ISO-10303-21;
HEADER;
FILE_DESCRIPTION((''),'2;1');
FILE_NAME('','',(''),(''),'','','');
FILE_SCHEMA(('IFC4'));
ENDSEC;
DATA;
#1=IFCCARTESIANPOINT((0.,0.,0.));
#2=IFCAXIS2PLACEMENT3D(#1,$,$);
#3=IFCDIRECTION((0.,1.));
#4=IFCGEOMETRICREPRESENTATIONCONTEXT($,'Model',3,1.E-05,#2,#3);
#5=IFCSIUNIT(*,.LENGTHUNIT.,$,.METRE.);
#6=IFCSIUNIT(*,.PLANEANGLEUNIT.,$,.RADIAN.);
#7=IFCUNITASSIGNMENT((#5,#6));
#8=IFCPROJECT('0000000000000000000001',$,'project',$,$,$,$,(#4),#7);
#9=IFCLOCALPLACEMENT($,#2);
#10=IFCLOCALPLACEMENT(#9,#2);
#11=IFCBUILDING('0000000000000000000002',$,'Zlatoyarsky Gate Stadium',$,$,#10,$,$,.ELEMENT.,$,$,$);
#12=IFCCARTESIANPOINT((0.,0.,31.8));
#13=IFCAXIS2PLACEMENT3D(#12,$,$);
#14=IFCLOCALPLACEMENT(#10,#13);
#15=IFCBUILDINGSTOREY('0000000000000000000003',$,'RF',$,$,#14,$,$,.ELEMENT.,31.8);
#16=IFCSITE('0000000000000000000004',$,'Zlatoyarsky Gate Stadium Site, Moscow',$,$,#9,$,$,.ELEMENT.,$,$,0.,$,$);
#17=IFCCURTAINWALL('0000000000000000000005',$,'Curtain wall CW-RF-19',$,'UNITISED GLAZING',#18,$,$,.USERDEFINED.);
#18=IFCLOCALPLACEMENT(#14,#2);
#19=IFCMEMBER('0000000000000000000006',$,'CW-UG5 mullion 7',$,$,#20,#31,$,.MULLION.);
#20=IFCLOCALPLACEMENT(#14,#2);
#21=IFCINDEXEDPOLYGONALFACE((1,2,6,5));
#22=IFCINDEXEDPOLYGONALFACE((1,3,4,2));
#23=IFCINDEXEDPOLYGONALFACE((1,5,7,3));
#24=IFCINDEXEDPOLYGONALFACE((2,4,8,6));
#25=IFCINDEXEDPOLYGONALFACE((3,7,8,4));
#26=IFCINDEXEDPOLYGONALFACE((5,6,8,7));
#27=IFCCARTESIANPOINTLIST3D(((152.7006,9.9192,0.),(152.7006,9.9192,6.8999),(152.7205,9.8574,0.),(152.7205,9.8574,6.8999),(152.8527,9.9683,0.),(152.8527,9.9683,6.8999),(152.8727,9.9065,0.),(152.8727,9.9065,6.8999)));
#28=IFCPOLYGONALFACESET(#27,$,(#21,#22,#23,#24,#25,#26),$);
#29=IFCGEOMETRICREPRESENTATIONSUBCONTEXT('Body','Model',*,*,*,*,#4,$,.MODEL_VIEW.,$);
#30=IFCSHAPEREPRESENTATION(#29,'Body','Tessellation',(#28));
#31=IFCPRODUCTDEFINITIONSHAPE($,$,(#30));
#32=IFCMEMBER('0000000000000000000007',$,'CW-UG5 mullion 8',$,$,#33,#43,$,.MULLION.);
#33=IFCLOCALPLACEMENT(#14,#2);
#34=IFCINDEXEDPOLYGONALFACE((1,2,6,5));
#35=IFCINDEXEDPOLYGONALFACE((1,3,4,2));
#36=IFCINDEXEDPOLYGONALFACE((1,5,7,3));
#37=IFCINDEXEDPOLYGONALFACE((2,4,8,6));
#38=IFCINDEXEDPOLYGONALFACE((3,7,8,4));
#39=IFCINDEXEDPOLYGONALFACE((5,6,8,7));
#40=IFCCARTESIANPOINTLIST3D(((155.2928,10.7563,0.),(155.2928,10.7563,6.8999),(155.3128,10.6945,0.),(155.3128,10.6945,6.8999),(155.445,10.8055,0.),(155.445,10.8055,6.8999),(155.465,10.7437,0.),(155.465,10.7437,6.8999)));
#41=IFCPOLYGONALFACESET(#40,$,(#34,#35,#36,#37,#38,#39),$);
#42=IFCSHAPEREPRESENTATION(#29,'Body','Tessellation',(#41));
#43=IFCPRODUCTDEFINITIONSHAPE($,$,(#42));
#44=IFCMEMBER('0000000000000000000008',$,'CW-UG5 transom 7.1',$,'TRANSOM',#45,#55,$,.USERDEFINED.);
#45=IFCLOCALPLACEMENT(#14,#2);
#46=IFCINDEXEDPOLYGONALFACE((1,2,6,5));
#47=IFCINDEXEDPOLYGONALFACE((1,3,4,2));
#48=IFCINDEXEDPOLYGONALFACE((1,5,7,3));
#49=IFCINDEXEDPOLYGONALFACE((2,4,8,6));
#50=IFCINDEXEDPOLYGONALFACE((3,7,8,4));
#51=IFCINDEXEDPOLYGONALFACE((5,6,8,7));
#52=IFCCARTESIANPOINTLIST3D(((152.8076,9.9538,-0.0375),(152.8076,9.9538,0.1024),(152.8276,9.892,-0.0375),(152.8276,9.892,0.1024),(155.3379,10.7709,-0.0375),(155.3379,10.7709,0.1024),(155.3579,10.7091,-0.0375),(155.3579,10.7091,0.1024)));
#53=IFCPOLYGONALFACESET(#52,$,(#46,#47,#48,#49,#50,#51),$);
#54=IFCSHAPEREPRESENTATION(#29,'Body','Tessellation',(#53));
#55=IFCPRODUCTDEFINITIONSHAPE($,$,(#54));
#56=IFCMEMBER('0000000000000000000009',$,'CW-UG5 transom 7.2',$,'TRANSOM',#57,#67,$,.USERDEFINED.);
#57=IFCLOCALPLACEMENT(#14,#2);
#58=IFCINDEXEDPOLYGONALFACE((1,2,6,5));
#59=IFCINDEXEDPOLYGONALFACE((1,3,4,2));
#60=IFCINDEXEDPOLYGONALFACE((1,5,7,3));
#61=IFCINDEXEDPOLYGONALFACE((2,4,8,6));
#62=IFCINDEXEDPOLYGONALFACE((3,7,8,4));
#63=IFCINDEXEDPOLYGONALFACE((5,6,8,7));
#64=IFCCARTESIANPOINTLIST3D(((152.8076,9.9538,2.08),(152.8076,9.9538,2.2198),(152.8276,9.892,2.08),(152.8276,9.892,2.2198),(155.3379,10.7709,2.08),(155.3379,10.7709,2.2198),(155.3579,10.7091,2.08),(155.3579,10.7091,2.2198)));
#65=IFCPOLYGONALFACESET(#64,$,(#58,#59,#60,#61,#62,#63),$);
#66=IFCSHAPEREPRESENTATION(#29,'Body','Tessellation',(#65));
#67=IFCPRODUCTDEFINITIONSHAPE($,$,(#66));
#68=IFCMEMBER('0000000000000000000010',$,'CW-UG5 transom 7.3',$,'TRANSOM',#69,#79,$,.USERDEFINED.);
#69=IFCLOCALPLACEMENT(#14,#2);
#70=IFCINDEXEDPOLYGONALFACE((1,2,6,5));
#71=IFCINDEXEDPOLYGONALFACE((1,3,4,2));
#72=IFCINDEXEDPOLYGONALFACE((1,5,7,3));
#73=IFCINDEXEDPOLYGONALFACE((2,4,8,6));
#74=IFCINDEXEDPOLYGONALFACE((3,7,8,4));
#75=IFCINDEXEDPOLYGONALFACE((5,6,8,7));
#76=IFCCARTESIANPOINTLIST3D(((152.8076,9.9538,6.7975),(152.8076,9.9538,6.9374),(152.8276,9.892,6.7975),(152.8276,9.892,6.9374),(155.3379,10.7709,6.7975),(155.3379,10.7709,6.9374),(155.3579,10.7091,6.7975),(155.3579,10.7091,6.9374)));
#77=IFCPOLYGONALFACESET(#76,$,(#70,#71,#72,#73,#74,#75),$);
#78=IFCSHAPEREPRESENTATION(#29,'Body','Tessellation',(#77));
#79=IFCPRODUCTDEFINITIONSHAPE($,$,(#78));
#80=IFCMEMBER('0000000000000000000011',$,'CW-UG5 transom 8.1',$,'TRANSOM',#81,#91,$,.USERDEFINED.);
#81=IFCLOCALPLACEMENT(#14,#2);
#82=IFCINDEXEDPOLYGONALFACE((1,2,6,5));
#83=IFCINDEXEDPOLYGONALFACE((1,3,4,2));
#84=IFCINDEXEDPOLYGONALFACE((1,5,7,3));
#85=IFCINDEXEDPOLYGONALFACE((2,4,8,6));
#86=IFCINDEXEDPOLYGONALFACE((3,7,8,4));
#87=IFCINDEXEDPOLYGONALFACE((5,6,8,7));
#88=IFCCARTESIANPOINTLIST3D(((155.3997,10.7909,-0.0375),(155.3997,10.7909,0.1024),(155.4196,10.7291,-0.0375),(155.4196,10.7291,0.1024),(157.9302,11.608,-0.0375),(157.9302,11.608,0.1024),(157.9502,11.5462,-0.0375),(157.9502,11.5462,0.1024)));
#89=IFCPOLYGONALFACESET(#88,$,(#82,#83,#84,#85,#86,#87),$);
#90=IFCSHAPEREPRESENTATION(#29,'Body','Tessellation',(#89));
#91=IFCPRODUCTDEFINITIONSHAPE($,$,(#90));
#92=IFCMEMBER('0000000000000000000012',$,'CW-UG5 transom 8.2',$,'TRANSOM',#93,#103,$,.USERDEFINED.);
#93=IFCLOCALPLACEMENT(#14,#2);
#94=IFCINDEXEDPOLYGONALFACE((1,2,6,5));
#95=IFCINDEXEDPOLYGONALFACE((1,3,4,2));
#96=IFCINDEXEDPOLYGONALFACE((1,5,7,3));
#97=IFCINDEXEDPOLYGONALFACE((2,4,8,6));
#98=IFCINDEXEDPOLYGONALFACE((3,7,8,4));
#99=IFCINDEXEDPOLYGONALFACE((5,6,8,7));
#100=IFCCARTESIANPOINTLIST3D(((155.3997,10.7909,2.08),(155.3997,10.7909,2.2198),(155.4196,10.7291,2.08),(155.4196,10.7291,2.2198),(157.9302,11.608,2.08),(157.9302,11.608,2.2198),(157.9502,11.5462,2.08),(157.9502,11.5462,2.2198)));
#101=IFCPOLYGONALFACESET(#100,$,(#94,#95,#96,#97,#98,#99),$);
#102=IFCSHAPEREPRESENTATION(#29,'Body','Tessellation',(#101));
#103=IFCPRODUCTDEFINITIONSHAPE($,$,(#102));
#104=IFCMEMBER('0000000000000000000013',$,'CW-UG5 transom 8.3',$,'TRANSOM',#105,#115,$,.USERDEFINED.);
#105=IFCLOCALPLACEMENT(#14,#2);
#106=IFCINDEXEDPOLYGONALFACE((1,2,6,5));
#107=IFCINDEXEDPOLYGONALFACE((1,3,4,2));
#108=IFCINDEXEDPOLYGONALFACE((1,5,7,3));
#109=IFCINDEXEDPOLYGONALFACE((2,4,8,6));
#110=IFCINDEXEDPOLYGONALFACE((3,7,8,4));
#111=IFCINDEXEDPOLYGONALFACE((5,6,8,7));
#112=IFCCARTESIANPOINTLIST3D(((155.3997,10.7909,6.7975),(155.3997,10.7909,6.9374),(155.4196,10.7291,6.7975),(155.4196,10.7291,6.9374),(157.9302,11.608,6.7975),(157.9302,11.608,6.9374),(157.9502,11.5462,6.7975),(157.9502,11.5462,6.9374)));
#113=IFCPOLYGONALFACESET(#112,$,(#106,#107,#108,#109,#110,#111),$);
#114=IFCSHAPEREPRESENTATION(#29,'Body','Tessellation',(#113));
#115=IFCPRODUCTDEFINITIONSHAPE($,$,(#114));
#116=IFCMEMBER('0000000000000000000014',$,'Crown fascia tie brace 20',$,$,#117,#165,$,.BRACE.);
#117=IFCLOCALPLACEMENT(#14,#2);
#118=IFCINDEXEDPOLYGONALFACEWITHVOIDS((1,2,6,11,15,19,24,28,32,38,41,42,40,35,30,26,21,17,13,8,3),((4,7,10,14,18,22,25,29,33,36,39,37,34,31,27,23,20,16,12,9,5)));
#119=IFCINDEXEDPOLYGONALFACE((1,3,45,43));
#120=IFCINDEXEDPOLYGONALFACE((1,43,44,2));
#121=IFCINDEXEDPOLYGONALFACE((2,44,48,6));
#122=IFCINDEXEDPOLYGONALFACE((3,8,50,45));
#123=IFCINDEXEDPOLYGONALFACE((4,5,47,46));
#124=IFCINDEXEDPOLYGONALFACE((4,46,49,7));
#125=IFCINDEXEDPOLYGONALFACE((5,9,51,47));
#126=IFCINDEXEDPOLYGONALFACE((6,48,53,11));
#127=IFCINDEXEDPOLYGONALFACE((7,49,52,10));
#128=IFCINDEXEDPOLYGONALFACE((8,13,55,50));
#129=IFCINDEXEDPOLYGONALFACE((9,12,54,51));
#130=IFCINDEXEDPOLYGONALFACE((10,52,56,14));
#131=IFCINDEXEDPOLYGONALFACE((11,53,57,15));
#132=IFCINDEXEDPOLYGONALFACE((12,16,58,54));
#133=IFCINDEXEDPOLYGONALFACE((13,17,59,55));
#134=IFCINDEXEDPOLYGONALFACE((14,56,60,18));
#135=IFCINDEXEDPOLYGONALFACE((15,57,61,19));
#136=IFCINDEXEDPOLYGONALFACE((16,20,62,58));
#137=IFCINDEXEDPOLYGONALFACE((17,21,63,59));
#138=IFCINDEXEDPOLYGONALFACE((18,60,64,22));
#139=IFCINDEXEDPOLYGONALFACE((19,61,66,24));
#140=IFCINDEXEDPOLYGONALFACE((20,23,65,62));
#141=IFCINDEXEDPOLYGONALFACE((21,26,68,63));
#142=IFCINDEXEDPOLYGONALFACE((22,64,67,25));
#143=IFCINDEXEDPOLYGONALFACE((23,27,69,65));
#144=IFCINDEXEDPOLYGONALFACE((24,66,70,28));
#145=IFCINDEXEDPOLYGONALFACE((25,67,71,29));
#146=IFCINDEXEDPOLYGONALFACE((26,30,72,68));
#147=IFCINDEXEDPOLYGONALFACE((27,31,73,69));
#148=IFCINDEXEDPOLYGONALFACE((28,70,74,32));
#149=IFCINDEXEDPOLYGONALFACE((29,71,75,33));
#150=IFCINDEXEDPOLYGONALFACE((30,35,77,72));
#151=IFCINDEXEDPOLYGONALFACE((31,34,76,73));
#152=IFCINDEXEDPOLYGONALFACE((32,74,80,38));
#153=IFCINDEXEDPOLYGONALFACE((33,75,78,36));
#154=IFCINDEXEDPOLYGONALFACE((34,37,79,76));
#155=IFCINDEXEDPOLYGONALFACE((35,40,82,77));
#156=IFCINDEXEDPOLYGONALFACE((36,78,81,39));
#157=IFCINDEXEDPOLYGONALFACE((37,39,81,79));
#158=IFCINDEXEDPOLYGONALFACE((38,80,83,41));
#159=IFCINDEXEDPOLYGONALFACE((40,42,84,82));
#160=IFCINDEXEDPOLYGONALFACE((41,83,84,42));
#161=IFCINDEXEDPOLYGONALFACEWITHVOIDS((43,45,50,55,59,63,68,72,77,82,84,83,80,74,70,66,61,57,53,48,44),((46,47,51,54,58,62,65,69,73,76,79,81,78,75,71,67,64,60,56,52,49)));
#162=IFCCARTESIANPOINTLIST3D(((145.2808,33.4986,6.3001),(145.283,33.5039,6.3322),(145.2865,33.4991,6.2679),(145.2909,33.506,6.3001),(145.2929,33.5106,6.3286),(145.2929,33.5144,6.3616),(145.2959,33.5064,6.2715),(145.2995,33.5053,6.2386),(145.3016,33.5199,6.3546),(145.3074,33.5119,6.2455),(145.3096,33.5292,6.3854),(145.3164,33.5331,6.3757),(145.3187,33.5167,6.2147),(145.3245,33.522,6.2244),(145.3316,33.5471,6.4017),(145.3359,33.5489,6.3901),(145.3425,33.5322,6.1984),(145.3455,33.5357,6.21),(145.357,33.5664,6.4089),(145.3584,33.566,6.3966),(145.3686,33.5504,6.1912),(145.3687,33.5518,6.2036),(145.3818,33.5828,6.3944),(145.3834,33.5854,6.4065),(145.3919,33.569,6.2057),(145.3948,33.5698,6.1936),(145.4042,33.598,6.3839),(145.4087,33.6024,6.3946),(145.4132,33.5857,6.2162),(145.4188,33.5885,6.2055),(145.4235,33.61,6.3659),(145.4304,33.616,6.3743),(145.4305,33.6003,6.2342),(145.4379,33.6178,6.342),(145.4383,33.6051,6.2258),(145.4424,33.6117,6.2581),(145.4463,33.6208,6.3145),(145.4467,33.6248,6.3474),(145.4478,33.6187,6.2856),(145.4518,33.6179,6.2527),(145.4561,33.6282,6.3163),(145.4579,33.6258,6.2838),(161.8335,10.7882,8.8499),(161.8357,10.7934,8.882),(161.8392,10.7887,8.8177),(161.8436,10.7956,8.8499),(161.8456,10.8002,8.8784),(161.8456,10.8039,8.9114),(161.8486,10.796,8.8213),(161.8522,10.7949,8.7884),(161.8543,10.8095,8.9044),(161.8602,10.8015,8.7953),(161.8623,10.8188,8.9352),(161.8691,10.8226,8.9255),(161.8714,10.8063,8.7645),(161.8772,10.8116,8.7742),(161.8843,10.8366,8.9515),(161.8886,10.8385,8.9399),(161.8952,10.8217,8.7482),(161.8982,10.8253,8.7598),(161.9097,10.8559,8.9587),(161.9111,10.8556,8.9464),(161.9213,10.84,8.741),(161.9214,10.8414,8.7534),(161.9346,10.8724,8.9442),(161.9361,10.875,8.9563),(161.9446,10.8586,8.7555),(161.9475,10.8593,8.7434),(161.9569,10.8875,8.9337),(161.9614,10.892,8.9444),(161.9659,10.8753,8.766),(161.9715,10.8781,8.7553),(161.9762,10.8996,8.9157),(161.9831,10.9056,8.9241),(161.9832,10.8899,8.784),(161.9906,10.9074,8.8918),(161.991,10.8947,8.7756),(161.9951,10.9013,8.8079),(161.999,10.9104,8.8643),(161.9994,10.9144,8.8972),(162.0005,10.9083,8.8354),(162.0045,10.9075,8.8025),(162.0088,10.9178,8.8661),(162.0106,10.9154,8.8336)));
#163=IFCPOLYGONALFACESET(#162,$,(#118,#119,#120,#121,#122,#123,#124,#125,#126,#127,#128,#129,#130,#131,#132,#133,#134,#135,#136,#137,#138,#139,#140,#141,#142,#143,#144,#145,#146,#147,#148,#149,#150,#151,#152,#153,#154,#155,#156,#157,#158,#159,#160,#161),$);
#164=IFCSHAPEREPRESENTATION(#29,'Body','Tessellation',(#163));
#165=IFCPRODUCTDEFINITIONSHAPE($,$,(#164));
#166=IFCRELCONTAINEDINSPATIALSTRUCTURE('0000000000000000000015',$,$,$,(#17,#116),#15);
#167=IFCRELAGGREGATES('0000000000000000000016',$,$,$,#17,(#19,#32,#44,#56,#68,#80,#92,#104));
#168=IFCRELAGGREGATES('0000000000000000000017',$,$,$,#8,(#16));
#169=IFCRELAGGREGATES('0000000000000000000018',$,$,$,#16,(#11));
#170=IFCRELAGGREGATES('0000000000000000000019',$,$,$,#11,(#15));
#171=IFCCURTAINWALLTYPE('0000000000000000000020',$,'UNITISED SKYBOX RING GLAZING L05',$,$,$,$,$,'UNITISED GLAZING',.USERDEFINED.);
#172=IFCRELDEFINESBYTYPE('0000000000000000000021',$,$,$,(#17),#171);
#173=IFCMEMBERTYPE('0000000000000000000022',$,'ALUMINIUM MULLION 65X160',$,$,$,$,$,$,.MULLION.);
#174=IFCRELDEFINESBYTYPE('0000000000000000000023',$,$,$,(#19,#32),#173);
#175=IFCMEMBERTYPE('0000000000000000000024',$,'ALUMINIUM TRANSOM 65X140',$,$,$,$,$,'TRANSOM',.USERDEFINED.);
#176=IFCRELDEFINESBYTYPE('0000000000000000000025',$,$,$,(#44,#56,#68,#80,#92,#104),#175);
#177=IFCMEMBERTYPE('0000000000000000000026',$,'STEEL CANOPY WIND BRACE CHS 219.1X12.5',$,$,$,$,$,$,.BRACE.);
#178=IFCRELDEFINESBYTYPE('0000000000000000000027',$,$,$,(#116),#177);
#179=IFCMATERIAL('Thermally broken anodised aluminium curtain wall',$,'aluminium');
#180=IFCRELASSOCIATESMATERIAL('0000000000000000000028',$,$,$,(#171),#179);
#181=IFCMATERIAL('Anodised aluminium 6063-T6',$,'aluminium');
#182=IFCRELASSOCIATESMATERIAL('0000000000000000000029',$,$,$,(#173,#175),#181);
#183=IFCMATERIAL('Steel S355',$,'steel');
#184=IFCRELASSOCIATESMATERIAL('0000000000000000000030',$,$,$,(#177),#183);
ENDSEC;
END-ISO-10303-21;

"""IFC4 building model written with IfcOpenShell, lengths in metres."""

from ifc_helpers import new_model, si_unit, direction, frame, origin, origin_2d, place, context, subcontext, project, spatial, rectangle, hollow_circle, extrude, material, material_profile, profile_set, type_object, element, aggregate, save


model = new_model("IFC4")

# Units and contexts
model_context = context("Model", 3, precision=1e-05, world=origin(), true_north=direction((0.0, 1.0)))
body_context = subcontext(model_context, "Body", "Model", "MODEL_VIEW")
ifc_project = project(units=[si_unit("LENGTHUNIT", "METRE"), si_unit("PLANEANGLEUNIT", "RADIAN")], contexts=[model_context])

# Site, building, storey
site_placement = place(None, origin())
site = spatial("IfcSite", under=ifc_project, at=site_placement, Name="Zlatoyarsky Gate Stadium Site, Moscow", CompositionType="ELEMENT", RefElevation=0.0)
building_placement = place(site_placement, origin())
building = spatial("IfcBuilding", under=site, at=building_placement, Name="Zlatoyarsky Gate Stadium", CompositionType="ELEMENT")
storey_placement = place(building_placement, frame((0.0, 0.0, 31.8)))
storey = spatial("IfcBuildingStorey", under=building, at=storey_placement, Name="RF", CompositionType="ELEMENT", Elevation=31.8)

# Curtain wall, members
ifc_material_1 = material(Name="Thermally broken anodised aluminium curtain wall", Category="aluminium")
curtain_wall_type = type_object("IfcCurtainWallType", Name="UNITISED SKYBOX RING GLAZING L05", ElementType="UNITISED GLAZING", PredefinedType="USERDEFINED", material=ifc_material_1)
curtain_wall_placement = place(storey_placement, origin())
curtain_wall = element("IfcCurtainWall", 1, at=curtain_wall_placement, inside=storey, type_object=curtain_wall_type, Name="Curtain wall CW-RF-19", ObjectType="UNITISED GLAZING", PredefinedType="USERDEFINED")
ifc_material_2 = material(Name="Anodised aluminium 6063-T6", Category="aluminium")
ifc_material_profile_1 = material_profile(ifc_material_2, rectangle(XDim=0.0649, YDim=0.1599, at=origin_2d()), Name="ALU 65X160")
ifc_profile_set_1 = profile_set([ifc_material_profile_1], Name="Anodised aluminium 6063-T6")
member_type_1 = type_object("IfcMemberType", Name="ALUMINIUM MULLION 65X160", PredefinedType="MULLION", material=ifc_profile_set_1)
member_1_placement = place(storey_placement, frame((152.7866, 9.9128, 0.0), z_axis=(0.0, 0.0, 1.0), x_axis=(-0.307352, 0.951596, 0.0)))
member_1 = element("IfcMember", 2, at=member_1_placement, type_object=member_type_1, Name="CW-UG5 mullion 7", PredefinedType="MULLION", context=body_context, shape_type="SweptSolid", body=[
    extrude(rectangle(XDim=0.0649, YDim=0.1599, at=origin_2d()), origin(), (0.0, 0.0, 1.0), 6.8999),
])
member_2_placement = place(storey_placement, frame((155.3789, 10.75, 0.0), z_axis=(0.0, 0.0, 1.0), x_axis=(-0.307352, 0.951596, 0.0)))
member_2 = element("IfcMember", 3, at=member_2_placement, type_object=member_type_1, Name="CW-UG5 mullion 8", PredefinedType="MULLION", context=body_context, shape_type="SweptSolid", body=[
    extrude(rectangle(XDim=0.0649, YDim=0.1599, at=origin_2d()), origin(), (0.0, 0.0, 1.0), 6.8999),
])
ifc_material_profile_2 = material_profile(ifc_material_2, rectangle(XDim=0.0649, YDim=0.1399, at=origin_2d()), Name="ALU 65X140")
ifc_profile_set_2 = profile_set([ifc_material_profile_2], Name="Anodised aluminium 6063-T6")
member_type_2 = type_object("IfcMemberType", Name="ALUMINIUM TRANSOM 65X140", ElementType="TRANSOM", PredefinedType="USERDEFINED", material=ifc_profile_set_2)
member_3_placement = place(storey_placement, frame((152.8176, 9.9229, 0.0325), z_axis=(0.951607, 0.307317, 0.0), x_axis=(-0.307317, 0.951607, 0.0)))
member_3 = element("IfcMember", 4, at=member_3_placement, type_object=member_type_2, Name="CW-UG5 transom 7.1", ObjectType="TRANSOM", PredefinedType="USERDEFINED", context=body_context, shape_type="SweptSolid", body=[
    extrude(rectangle(XDim=0.0649, YDim=0.1399, at=origin_2d()), origin(), (0.0, 0.0, 1.0), 2.6589),
])
member_4_placement = place(storey_placement, frame((152.8176, 9.9229, 2.1499), z_axis=(0.951607, 0.307317, 0.0), x_axis=(-0.307317, 0.951607, 0.0)))
member_4 = element("IfcMember", 5, at=member_4_placement, type_object=member_type_2, Name="CW-UG5 transom 7.2", ObjectType="TRANSOM", PredefinedType="USERDEFINED", context=body_context, shape_type="SweptSolid", body=[
    extrude(rectangle(XDim=0.0649, YDim=0.1399, at=origin_2d()), origin(), (0.0, 0.0, 1.0), 2.6589),
])
member_5_placement = place(storey_placement, frame((152.8176, 9.9229, 6.8674), z_axis=(0.951607, 0.307317, 0.0), x_axis=(-0.307317, 0.951607, 0.0)))
member_5 = element("IfcMember", 6, at=member_5_placement, type_object=member_type_2, Name="CW-UG5 transom 7.3", ObjectType="TRANSOM", PredefinedType="USERDEFINED", context=body_context, shape_type="SweptSolid", body=[
    extrude(rectangle(XDim=0.0649, YDim=0.1399, at=origin_2d()), origin(), (0.0, 0.0, 1.0), 2.6589),
])
member_6_placement = place(storey_placement, frame((155.4097, 10.76, 0.0325), z_axis=(0.951616, 0.30729, 0.0), x_axis=(-0.30729, 0.951616, 0.0)))
member_6 = element("IfcMember", 7, at=member_6_placement, type_object=member_type_2, Name="CW-UG5 transom 8.1", ObjectType="TRANSOM", PredefinedType="USERDEFINED", context=body_context, shape_type="SweptSolid", body=[
    extrude(rectangle(XDim=0.0649, YDim=0.1399, at=origin_2d()), origin(), (0.0, 0.0, 1.0), 2.6592),
])
member_7_placement = place(storey_placement, frame((155.4097, 10.76, 2.1499), z_axis=(0.951616, 0.30729, 0.0), x_axis=(-0.30729, 0.951616, 0.0)))
member_7 = element("IfcMember", 8, at=member_7_placement, type_object=member_type_2, Name="CW-UG5 transom 8.2", ObjectType="TRANSOM", PredefinedType="USERDEFINED", context=body_context, shape_type="SweptSolid", body=[
    extrude(rectangle(XDim=0.0649, YDim=0.1399, at=origin_2d()), origin(), (0.0, 0.0, 1.0), 2.6592),
])
member_8_placement = place(storey_placement, frame((155.4097, 10.76, 6.8674), z_axis=(0.951616, 0.30729, 0.0), x_axis=(-0.30729, 0.951616, 0.0)))
member_8 = element("IfcMember", 9, at=member_8_placement, type_object=member_type_2, Name="CW-UG5 transom 8.3", ObjectType="TRANSOM", PredefinedType="USERDEFINED", context=body_context, shape_type="SweptSolid", body=[
    extrude(rectangle(XDim=0.0649, YDim=0.1399, at=origin_2d()), origin(), (0.0, 0.0, 1.0), 2.6592),
])

# Member
ifc_material_3 = material(Name="Steel S355", Category="steel")
ifc_material_profile_3 = material_profile(ifc_material_3, hollow_circle(Radius=0.1096, WallThickness=0.0125, at=origin_2d()), Name="CHS 219.1X12.5")
ifc_profile_set_3 = profile_set([ifc_material_profile_3], Name="Steel S355")
member_type_3 = type_object("IfcMemberType", Name="STEEL CANOPY WIND BRACE CHS 219.1X12.5", PredefinedType="BRACE", material=ifc_profile_set_3)
member_9_placement = place(storey_placement, frame((161.9221, 10.8528, 8.8499), z_axis=(-0.586601, 0.80482, -0.090361), x_axis=(-0.808126, -0.58901, 0.0)))
element("IfcMember", 10, at=member_9_placement, inside=storey, type_object=member_type_3, Name="Crown fascia tie brace 20", PredefinedType="BRACE", context=body_context, shape_type="SweptSolid", body=[
    extrude(hollow_circle(Radius=0.1096, WallThickness=0.0125, at=origin_2d()), origin(), (0.0, 0.0, 1.0), 28.218),
])

aggregate(curtain_wall, [member_1, member_2, member_3, member_4, member_5, member_6, member_7, member_8])

save(model, "model.ifc")
